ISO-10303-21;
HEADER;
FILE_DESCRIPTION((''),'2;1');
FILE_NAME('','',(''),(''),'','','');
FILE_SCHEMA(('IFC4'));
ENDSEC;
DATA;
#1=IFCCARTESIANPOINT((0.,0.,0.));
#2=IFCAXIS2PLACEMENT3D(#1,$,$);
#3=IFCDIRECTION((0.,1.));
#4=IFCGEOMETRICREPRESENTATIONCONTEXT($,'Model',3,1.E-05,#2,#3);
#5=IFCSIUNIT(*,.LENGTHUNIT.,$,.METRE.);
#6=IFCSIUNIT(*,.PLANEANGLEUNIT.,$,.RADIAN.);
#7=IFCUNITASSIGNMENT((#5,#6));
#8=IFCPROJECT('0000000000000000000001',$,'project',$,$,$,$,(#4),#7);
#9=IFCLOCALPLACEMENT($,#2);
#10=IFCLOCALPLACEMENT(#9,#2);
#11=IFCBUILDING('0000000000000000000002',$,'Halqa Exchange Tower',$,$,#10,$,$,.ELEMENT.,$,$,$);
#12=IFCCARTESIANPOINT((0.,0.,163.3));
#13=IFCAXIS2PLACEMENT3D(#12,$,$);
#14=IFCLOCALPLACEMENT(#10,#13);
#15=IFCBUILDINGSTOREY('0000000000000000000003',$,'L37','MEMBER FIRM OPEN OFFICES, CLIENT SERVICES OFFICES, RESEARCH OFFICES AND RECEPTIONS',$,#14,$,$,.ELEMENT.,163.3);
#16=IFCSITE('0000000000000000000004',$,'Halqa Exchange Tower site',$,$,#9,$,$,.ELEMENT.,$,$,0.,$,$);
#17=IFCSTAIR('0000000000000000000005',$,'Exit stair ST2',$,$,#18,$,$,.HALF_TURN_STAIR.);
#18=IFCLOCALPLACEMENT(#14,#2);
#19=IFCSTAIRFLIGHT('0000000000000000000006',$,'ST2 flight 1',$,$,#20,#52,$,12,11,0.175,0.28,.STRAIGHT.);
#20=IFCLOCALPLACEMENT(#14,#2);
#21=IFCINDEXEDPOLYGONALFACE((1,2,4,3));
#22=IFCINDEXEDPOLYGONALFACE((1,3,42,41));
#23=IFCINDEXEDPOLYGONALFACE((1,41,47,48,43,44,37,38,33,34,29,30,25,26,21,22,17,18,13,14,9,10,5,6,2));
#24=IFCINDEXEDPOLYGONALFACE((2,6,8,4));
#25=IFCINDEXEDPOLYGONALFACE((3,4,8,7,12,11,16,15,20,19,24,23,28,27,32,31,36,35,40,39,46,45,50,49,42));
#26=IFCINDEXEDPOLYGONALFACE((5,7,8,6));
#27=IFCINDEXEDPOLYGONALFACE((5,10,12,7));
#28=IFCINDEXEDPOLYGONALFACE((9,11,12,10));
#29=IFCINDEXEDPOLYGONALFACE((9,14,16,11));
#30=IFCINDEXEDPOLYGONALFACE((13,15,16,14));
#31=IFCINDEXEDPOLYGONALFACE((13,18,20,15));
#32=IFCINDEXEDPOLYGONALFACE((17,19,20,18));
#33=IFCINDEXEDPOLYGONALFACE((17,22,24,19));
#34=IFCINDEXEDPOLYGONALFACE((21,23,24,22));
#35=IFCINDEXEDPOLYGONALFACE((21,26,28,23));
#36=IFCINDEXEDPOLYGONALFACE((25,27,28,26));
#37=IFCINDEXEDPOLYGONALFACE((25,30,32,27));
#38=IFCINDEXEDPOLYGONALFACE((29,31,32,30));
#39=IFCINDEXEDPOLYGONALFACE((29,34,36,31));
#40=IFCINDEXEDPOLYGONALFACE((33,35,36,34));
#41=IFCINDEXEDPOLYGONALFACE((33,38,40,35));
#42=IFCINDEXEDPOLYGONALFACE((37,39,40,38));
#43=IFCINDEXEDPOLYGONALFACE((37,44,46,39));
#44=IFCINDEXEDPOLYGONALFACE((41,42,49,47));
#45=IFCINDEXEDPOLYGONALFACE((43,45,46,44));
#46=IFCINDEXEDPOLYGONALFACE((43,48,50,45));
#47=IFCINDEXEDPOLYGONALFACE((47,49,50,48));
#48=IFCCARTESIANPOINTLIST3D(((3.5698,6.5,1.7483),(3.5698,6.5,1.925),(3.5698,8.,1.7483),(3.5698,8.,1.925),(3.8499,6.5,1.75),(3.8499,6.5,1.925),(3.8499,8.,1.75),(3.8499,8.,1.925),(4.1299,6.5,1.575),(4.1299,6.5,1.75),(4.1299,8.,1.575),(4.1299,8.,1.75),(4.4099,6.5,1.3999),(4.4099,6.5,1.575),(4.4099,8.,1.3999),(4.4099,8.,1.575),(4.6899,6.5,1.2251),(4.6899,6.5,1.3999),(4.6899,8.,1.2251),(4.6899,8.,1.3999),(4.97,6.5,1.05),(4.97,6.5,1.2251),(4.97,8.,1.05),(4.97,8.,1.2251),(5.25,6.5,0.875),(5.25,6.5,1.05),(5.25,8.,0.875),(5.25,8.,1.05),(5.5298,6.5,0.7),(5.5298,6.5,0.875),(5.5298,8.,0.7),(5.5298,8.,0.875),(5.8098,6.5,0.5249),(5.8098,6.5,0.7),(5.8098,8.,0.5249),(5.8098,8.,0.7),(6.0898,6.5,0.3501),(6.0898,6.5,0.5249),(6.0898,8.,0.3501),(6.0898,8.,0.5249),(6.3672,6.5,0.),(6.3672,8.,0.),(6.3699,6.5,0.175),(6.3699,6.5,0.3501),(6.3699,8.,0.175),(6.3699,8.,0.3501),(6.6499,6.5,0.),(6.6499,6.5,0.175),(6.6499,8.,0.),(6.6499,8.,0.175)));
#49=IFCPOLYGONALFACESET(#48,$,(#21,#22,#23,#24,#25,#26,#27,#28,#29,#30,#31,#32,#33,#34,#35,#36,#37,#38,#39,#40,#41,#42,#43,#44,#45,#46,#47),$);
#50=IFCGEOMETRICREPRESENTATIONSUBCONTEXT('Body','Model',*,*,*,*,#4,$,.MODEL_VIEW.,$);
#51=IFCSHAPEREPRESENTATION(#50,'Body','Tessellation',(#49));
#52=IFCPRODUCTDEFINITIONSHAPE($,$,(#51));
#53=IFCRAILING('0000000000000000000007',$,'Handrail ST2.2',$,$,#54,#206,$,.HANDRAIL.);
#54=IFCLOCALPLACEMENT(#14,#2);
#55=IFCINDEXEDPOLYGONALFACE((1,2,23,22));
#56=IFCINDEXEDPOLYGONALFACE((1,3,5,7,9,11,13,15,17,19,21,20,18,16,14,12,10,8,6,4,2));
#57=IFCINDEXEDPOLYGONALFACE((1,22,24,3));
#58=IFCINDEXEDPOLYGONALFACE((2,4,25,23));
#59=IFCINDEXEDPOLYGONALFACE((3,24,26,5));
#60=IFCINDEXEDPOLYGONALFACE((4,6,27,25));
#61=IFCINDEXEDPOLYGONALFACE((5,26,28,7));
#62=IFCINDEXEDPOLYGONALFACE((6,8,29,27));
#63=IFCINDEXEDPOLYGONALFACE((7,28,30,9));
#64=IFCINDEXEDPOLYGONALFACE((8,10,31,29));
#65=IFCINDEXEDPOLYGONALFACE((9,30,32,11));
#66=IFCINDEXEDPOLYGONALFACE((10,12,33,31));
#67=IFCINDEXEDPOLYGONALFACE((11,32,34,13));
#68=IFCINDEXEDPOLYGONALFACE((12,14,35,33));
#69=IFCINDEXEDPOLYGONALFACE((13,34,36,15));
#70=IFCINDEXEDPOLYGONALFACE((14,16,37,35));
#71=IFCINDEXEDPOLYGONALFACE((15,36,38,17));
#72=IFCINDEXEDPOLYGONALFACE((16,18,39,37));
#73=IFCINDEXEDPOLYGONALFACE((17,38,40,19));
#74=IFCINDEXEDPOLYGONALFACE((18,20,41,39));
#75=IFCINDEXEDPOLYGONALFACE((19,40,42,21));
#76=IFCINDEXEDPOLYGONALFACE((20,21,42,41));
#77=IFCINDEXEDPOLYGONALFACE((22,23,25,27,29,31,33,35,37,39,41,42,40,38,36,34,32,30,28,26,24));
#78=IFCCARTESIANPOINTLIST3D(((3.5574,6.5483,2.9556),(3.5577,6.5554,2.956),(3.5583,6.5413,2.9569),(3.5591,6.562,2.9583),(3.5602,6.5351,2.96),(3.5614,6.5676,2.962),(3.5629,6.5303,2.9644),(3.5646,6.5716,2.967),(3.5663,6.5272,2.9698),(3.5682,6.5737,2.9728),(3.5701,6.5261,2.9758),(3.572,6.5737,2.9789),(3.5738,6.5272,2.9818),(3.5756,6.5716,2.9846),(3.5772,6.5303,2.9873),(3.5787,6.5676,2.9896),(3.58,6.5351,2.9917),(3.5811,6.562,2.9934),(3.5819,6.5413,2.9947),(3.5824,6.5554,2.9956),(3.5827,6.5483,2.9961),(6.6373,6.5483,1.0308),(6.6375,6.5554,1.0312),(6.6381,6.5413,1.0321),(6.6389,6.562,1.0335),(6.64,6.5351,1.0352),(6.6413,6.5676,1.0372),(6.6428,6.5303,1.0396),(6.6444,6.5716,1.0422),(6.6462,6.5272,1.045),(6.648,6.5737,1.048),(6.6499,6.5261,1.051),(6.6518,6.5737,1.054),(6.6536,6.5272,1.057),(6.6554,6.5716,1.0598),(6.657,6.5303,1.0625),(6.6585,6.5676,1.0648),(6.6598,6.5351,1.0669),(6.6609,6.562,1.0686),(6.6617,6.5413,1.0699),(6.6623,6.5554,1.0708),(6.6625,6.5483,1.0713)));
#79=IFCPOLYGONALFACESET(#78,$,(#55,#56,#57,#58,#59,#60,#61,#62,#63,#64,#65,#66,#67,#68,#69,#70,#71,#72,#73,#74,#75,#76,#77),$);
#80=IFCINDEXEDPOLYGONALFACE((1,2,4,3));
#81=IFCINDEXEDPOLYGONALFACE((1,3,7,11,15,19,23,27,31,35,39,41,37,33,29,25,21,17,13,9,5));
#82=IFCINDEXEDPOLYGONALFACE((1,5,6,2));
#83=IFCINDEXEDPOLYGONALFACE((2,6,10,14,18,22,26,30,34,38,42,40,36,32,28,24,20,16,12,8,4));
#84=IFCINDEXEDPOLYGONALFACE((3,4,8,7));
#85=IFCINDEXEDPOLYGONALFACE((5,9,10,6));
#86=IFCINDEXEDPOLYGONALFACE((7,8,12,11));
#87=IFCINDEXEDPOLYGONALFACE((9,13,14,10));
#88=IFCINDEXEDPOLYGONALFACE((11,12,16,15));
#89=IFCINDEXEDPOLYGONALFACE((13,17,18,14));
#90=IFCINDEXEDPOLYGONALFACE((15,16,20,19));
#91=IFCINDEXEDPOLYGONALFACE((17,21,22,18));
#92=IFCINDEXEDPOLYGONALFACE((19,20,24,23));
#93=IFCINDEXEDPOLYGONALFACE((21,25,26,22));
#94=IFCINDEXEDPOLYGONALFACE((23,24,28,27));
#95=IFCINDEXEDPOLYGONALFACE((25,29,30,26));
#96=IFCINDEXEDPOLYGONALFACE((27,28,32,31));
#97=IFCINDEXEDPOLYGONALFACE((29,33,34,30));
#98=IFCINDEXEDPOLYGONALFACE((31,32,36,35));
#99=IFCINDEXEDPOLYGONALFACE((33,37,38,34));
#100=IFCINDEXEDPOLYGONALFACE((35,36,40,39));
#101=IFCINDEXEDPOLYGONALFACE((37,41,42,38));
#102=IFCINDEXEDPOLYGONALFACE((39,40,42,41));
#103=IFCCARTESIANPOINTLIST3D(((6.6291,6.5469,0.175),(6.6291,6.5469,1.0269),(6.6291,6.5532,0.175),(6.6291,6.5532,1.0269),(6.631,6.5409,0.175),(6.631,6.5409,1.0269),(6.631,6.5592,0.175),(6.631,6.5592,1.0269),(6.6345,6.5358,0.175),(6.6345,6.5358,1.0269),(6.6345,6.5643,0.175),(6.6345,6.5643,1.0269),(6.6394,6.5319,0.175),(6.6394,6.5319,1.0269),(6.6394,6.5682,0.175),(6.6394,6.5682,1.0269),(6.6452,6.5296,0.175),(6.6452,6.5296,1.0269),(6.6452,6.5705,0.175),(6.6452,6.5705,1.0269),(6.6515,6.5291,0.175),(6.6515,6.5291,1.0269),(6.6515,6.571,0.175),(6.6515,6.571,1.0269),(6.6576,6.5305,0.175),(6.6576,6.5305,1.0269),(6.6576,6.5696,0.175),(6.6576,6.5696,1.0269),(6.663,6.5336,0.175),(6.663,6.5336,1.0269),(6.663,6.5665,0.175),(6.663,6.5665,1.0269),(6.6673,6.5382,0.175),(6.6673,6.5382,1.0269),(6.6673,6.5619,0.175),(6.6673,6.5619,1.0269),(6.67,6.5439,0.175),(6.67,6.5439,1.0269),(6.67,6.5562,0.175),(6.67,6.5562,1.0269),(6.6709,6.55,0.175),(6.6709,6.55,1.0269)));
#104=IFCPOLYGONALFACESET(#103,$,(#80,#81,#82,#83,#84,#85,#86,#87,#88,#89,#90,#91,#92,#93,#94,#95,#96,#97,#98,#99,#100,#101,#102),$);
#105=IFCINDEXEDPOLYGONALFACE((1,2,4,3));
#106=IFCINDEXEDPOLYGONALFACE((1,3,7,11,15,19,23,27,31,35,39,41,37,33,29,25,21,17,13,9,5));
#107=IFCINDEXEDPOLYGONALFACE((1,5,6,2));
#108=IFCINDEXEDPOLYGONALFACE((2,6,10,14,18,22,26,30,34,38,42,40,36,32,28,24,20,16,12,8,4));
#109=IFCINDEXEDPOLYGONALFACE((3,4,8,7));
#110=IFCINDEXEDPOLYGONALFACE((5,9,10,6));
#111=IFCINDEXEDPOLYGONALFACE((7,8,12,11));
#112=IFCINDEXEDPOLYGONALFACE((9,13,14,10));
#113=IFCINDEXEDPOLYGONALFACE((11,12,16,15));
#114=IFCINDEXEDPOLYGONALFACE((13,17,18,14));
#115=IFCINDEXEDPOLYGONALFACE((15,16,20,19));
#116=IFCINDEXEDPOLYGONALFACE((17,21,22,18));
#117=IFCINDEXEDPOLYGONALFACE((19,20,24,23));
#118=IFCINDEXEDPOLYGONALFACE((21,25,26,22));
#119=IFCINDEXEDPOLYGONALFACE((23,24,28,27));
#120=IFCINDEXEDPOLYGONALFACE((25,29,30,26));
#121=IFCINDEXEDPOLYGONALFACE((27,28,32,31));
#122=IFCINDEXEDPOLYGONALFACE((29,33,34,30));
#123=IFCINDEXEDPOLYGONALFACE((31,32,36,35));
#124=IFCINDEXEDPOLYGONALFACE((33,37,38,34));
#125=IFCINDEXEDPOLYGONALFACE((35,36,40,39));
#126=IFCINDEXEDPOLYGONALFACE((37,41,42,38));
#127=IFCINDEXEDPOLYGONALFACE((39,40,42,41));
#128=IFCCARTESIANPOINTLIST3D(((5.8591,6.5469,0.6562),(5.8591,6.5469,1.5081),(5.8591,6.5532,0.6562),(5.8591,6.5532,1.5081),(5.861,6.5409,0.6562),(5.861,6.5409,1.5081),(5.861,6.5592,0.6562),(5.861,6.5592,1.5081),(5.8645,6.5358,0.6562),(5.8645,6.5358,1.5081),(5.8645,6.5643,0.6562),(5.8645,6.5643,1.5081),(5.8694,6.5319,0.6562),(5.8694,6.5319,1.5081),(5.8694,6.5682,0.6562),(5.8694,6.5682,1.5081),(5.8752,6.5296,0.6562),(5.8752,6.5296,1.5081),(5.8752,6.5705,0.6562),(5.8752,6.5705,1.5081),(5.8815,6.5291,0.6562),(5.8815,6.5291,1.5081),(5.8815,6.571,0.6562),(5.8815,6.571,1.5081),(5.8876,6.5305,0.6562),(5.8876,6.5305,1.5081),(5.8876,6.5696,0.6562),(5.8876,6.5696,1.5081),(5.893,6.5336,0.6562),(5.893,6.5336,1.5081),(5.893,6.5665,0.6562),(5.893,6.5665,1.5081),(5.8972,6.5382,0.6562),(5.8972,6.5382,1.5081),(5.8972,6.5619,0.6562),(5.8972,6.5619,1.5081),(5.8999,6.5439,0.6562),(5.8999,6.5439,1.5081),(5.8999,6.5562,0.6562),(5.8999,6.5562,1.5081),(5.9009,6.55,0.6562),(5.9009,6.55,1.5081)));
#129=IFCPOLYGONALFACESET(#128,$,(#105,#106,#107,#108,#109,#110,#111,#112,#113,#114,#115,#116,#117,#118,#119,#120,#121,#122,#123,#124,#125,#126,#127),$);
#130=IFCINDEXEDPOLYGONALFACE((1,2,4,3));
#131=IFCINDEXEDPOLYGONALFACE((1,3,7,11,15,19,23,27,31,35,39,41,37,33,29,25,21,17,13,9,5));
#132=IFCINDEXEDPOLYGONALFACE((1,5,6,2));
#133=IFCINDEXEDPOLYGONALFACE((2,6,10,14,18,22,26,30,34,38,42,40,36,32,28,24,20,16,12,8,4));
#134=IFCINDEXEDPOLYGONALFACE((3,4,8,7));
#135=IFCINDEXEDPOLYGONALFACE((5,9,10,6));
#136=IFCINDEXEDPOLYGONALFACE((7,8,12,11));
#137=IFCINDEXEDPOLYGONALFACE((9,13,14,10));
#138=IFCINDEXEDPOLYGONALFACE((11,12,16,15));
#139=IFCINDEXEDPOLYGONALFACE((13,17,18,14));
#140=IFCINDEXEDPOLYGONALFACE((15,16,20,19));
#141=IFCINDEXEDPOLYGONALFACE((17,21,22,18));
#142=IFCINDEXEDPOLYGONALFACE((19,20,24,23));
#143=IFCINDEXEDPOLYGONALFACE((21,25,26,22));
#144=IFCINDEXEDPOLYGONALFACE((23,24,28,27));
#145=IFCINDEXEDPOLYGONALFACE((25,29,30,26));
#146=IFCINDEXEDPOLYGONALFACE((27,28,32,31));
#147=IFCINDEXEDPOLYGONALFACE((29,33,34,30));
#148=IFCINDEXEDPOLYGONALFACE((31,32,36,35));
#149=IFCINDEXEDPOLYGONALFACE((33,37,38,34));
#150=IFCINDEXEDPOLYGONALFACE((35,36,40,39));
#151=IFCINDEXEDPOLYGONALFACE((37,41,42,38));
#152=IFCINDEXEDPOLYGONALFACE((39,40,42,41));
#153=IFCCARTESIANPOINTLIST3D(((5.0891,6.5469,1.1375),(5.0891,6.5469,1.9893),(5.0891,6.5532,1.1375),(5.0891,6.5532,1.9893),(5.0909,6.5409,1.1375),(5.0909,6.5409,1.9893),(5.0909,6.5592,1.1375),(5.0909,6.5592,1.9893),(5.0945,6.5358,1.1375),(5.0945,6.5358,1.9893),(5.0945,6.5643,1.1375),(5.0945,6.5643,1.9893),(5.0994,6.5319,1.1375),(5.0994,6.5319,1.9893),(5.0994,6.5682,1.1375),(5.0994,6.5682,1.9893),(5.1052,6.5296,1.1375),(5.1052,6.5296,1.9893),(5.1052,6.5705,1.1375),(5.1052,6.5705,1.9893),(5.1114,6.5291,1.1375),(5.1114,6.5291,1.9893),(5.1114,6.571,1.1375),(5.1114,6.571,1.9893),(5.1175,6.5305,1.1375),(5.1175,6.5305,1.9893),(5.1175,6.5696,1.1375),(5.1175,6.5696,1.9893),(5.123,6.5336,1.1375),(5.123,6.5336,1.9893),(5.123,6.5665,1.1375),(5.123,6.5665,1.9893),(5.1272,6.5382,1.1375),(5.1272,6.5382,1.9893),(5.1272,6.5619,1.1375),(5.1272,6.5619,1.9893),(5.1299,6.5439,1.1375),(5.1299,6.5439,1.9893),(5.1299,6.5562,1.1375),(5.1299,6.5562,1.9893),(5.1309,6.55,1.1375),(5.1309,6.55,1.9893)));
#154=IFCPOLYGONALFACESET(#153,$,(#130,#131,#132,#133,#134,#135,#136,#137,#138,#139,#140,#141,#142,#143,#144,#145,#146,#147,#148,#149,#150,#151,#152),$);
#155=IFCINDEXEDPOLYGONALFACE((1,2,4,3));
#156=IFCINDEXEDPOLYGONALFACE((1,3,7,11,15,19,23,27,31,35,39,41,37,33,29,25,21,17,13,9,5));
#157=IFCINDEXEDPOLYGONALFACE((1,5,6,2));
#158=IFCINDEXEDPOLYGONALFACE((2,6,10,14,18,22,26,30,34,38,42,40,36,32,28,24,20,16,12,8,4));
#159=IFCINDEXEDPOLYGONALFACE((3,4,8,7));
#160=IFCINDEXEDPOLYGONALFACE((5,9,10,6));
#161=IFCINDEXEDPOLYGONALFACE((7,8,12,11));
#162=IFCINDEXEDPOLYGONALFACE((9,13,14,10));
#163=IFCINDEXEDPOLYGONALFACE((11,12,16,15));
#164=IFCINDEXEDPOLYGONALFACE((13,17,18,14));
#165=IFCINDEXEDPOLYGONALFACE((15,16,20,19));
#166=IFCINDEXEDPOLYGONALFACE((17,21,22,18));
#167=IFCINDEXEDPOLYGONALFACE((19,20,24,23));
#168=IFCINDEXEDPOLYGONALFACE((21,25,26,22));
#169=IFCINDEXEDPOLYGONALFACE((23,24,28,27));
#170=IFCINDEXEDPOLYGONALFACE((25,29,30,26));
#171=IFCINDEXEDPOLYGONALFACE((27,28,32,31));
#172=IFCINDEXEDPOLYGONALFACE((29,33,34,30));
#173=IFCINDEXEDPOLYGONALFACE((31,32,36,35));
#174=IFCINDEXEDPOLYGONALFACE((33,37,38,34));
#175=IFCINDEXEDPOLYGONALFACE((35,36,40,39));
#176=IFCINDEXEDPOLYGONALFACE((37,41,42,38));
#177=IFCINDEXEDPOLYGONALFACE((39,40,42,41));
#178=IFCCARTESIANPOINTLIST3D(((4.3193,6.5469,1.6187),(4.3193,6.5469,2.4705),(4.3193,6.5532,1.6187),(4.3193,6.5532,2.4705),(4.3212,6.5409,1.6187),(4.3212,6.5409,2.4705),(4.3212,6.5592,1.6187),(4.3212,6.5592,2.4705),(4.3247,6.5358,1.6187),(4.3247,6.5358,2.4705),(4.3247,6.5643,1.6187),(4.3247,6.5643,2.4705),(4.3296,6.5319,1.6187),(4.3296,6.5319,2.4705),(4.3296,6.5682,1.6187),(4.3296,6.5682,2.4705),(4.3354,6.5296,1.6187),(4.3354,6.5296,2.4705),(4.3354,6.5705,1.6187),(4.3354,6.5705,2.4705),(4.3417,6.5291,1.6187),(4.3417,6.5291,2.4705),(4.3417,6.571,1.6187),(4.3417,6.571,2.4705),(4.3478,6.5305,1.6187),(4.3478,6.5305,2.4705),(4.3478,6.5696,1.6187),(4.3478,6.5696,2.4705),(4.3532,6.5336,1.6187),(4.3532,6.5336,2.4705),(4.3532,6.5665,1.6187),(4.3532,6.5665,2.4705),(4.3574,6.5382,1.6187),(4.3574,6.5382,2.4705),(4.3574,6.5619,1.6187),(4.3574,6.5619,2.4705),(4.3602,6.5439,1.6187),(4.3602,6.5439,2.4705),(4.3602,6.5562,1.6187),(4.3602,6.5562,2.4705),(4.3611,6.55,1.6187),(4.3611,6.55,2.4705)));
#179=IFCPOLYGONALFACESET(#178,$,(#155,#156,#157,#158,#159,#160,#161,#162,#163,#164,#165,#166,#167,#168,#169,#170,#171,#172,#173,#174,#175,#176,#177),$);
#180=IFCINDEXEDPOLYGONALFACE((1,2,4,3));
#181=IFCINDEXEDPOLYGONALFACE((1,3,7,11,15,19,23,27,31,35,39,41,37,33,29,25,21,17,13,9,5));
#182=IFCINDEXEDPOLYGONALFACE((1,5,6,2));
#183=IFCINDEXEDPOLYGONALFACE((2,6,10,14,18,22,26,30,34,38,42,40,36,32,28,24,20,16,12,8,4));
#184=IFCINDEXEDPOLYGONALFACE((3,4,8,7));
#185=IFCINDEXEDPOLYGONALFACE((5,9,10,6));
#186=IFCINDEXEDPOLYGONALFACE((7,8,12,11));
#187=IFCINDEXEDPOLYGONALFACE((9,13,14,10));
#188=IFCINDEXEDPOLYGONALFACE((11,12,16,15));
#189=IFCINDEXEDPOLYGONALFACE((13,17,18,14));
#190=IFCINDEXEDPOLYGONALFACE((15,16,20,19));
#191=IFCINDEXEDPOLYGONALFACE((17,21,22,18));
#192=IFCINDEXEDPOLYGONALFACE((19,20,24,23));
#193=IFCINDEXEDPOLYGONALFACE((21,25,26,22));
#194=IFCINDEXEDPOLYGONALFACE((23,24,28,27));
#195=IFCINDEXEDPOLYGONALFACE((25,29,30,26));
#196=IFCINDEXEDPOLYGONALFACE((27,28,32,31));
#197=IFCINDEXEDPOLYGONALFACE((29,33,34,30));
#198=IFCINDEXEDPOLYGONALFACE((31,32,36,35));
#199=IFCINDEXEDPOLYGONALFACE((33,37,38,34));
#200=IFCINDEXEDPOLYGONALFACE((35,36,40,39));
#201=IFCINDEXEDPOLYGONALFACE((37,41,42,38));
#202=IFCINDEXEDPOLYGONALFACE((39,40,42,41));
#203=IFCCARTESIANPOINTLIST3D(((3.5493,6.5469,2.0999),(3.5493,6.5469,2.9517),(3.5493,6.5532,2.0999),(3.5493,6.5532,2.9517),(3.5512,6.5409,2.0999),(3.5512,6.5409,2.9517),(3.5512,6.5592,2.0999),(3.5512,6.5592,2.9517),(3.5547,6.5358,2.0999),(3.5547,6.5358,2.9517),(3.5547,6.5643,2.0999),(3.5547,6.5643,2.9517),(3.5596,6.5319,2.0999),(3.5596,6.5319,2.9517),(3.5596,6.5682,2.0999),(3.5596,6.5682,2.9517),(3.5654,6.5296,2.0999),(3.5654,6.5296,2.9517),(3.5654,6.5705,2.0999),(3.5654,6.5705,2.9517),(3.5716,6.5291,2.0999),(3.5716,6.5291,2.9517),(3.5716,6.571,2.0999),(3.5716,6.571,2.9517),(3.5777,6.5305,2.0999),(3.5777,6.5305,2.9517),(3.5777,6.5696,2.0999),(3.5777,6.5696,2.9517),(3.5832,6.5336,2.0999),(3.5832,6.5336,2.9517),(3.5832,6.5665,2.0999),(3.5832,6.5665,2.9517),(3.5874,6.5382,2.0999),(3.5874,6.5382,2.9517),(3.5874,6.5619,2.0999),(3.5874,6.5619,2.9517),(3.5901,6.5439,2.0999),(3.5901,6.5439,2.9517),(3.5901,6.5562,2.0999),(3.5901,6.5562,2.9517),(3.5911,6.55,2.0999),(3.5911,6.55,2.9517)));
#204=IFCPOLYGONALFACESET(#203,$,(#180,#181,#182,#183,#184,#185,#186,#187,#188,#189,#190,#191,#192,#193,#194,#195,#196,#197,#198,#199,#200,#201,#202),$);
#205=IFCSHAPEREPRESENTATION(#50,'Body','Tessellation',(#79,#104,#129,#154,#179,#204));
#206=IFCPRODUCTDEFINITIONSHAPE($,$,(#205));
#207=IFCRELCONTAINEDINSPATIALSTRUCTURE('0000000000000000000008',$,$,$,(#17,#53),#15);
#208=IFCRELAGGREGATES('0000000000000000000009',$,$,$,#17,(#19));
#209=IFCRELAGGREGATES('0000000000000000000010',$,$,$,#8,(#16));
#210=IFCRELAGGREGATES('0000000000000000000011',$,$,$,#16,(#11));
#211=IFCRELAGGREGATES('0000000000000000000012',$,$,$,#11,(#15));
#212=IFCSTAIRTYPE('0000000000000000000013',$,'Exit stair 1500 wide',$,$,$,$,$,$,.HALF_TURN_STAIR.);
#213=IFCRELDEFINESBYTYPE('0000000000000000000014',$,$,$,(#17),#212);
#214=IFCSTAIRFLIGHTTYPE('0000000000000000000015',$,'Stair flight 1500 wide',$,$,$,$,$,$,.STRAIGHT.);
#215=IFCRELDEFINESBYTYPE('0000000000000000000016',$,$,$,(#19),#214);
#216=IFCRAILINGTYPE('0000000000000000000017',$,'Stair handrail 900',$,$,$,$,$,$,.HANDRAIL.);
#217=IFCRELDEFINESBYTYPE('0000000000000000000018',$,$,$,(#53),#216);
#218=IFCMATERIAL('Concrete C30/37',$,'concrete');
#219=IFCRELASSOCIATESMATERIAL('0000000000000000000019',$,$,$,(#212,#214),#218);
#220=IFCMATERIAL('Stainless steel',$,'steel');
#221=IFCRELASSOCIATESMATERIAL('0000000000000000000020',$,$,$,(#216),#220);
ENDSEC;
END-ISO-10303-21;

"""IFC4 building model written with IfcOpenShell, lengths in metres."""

from ifc_helpers import new_model, si_unit, direction, frame, origin, origin_2d, place, context, subcontext, project, spatial, polyline, circle, outline, extrude, material, type_object, element, aggregate, save


model = new_model("IFC4")

# Units and contexts
model_context = context("Model", 3, precision=1e-05, world=origin(), true_north=direction((0.0, 1.0)))
body_context = subcontext(model_context, "Body", "Model", "MODEL_VIEW")
ifc_project = project(units=[si_unit("LENGTHUNIT", "METRE"), si_unit("PLANEANGLEUNIT", "RADIAN")], contexts=[model_context])

# Site, building, storey
site_placement = place(None, origin())
site = spatial("IfcSite", under=ifc_project, at=site_placement, Name="Halqa Exchange Tower site", CompositionType="ELEMENT", RefElevation=0.0)
building_placement = place(site_placement, origin())
building = spatial("IfcBuilding", under=site, at=building_placement, Name="Halqa Exchange Tower", CompositionType="ELEMENT")
storey_placement = place(building_placement, frame((0.0, 0.0, 163.3)))
storey = spatial("IfcBuildingStorey", under=building, at=storey_placement, Name="L37", Description="MEMBER FIRM OPEN OFFICES, CLIENT SERVICES OFFICES, RESEARCH OFFICES AND RECEPTIONS", CompositionType="ELEMENT", Elevation=163.3)

# Stair
ifc_material_1 = material(Name="Concrete C30/37", Category="concrete")
stair_type = type_object("IfcStairType", Name="Exit stair 1500 wide", PredefinedType="HALF_TURN_STAIR", material=ifc_material_1)
stair_1_placement = place(storey_placement, origin())
stair_1 = element("IfcStair", 1, at=stair_1_placement, inside=storey, type_object=stair_type, Name="Exit stair ST2", PredefinedType="HALF_TURN_STAIR")

# Stair flight
stair_flight_type = type_object("IfcStairFlightType", Name="Stair flight 1500 wide", PredefinedType="STRAIGHT", material=ifc_material_1)
stair_flight_placement = place(storey_placement, frame((6.6499, 7.25, 0.0), z_axis=(0.0, 0.0, 1.0), x_axis=(-1.0, 0.0, 0.0)))
stair_flight = element("IfcStairFlight", 2, at=stair_flight_placement, type_object=stair_flight_type, Name="ST2 flight 1", NumberOfRisers=12, NumberOfTreads=11, PredefinedType="STRAIGHT", RiserHeight=0.175, TreadLength=0.28, context=body_context, shape_type="SweptSolid", body=[
    extrude(outline(polyline([(0.0, 0.0), (0.0, 0.175), (0.28, 0.175), (0.28, 0.3501), (0.5601, 0.3501), (0.5601, 0.5249), (0.8401, 0.5249), (0.8401, 0.7), (1.1201, 0.7), (1.1201, 0.875), (1.3999, 0.875), (1.3999, 1.05), (1.6799, 1.05), (1.6799, 1.2251), (1.96, 1.2251), (1.96, 1.3999), (2.24, 1.3999), (2.24, 1.575), (2.52, 1.575), (2.52, 1.75), (2.8, 1.75), (2.8, 1.925), (3.0801, 1.925), (3.0801, 2.1001), (3.0801, 1.7483), (0.2827, 0.0), (0.0, 0.0)])), frame((0.0, 0.75, 0.0), z_axis=(0.0, -1.0, 0.0), x_axis=(1.0, 0.0, 0.0)), (0.0, 0.0, 1.0), 1.5),
])
aggregate(stair_1, [stair_flight])

# Railing
ifc_material_2 = material(Name="Stainless steel", Category="steel")
railing_type_1 = type_object("IfcRailingType", Name="Stair handrail 900", PredefinedType="HANDRAIL", material=ifc_material_2)
railing_1_placement = place(storey_placement, frame((6.6499, 6.55, 0.175)))
element("IfcRailing", 3, at=railing_1_placement, inside=storey, type_object=railing_type_1, Name="Handrail ST2.2", PredefinedType="HANDRAIL", context=body_context, shape_type="SweptSolid", body=[
    extrude(circle(Radius=0.0239, at=origin_2d()), frame((0.0, 0.0, 0.876), z_axis=(-0.84801, 0.0, 0.529981), x_axis=(0.0, -1.0, 0.0)), (0.0, 0.0, 1.0), 3.6318),
    extrude(circle(Radius=0.021, at=origin_2d()), origin(), (0.0, 0.0, 1.0), 0.8518),
    extrude(circle(Radius=0.021, at=origin_2d()), frame((-0.77, 0.0, 0.4812)), (0.0, 0.0, 1.0), 0.8518),
    extrude(circle(Radius=0.021, at=origin_2d()), frame((-1.54, 0.0, 0.9624)), (0.0, 0.0, 1.0), 0.8518),
    extrude(circle(Radius=0.021, at=origin_2d()), frame((-2.3098, 0.0, 1.4436)), (0.0, 0.0, 1.0), 0.8518),
    extrude(circle(Radius=0.021, at=origin_2d()), frame((-3.0798, 0.0, 1.9248)), (0.0, 0.0, 1.0), 0.8518),
])

save(model, "model.ifc")
